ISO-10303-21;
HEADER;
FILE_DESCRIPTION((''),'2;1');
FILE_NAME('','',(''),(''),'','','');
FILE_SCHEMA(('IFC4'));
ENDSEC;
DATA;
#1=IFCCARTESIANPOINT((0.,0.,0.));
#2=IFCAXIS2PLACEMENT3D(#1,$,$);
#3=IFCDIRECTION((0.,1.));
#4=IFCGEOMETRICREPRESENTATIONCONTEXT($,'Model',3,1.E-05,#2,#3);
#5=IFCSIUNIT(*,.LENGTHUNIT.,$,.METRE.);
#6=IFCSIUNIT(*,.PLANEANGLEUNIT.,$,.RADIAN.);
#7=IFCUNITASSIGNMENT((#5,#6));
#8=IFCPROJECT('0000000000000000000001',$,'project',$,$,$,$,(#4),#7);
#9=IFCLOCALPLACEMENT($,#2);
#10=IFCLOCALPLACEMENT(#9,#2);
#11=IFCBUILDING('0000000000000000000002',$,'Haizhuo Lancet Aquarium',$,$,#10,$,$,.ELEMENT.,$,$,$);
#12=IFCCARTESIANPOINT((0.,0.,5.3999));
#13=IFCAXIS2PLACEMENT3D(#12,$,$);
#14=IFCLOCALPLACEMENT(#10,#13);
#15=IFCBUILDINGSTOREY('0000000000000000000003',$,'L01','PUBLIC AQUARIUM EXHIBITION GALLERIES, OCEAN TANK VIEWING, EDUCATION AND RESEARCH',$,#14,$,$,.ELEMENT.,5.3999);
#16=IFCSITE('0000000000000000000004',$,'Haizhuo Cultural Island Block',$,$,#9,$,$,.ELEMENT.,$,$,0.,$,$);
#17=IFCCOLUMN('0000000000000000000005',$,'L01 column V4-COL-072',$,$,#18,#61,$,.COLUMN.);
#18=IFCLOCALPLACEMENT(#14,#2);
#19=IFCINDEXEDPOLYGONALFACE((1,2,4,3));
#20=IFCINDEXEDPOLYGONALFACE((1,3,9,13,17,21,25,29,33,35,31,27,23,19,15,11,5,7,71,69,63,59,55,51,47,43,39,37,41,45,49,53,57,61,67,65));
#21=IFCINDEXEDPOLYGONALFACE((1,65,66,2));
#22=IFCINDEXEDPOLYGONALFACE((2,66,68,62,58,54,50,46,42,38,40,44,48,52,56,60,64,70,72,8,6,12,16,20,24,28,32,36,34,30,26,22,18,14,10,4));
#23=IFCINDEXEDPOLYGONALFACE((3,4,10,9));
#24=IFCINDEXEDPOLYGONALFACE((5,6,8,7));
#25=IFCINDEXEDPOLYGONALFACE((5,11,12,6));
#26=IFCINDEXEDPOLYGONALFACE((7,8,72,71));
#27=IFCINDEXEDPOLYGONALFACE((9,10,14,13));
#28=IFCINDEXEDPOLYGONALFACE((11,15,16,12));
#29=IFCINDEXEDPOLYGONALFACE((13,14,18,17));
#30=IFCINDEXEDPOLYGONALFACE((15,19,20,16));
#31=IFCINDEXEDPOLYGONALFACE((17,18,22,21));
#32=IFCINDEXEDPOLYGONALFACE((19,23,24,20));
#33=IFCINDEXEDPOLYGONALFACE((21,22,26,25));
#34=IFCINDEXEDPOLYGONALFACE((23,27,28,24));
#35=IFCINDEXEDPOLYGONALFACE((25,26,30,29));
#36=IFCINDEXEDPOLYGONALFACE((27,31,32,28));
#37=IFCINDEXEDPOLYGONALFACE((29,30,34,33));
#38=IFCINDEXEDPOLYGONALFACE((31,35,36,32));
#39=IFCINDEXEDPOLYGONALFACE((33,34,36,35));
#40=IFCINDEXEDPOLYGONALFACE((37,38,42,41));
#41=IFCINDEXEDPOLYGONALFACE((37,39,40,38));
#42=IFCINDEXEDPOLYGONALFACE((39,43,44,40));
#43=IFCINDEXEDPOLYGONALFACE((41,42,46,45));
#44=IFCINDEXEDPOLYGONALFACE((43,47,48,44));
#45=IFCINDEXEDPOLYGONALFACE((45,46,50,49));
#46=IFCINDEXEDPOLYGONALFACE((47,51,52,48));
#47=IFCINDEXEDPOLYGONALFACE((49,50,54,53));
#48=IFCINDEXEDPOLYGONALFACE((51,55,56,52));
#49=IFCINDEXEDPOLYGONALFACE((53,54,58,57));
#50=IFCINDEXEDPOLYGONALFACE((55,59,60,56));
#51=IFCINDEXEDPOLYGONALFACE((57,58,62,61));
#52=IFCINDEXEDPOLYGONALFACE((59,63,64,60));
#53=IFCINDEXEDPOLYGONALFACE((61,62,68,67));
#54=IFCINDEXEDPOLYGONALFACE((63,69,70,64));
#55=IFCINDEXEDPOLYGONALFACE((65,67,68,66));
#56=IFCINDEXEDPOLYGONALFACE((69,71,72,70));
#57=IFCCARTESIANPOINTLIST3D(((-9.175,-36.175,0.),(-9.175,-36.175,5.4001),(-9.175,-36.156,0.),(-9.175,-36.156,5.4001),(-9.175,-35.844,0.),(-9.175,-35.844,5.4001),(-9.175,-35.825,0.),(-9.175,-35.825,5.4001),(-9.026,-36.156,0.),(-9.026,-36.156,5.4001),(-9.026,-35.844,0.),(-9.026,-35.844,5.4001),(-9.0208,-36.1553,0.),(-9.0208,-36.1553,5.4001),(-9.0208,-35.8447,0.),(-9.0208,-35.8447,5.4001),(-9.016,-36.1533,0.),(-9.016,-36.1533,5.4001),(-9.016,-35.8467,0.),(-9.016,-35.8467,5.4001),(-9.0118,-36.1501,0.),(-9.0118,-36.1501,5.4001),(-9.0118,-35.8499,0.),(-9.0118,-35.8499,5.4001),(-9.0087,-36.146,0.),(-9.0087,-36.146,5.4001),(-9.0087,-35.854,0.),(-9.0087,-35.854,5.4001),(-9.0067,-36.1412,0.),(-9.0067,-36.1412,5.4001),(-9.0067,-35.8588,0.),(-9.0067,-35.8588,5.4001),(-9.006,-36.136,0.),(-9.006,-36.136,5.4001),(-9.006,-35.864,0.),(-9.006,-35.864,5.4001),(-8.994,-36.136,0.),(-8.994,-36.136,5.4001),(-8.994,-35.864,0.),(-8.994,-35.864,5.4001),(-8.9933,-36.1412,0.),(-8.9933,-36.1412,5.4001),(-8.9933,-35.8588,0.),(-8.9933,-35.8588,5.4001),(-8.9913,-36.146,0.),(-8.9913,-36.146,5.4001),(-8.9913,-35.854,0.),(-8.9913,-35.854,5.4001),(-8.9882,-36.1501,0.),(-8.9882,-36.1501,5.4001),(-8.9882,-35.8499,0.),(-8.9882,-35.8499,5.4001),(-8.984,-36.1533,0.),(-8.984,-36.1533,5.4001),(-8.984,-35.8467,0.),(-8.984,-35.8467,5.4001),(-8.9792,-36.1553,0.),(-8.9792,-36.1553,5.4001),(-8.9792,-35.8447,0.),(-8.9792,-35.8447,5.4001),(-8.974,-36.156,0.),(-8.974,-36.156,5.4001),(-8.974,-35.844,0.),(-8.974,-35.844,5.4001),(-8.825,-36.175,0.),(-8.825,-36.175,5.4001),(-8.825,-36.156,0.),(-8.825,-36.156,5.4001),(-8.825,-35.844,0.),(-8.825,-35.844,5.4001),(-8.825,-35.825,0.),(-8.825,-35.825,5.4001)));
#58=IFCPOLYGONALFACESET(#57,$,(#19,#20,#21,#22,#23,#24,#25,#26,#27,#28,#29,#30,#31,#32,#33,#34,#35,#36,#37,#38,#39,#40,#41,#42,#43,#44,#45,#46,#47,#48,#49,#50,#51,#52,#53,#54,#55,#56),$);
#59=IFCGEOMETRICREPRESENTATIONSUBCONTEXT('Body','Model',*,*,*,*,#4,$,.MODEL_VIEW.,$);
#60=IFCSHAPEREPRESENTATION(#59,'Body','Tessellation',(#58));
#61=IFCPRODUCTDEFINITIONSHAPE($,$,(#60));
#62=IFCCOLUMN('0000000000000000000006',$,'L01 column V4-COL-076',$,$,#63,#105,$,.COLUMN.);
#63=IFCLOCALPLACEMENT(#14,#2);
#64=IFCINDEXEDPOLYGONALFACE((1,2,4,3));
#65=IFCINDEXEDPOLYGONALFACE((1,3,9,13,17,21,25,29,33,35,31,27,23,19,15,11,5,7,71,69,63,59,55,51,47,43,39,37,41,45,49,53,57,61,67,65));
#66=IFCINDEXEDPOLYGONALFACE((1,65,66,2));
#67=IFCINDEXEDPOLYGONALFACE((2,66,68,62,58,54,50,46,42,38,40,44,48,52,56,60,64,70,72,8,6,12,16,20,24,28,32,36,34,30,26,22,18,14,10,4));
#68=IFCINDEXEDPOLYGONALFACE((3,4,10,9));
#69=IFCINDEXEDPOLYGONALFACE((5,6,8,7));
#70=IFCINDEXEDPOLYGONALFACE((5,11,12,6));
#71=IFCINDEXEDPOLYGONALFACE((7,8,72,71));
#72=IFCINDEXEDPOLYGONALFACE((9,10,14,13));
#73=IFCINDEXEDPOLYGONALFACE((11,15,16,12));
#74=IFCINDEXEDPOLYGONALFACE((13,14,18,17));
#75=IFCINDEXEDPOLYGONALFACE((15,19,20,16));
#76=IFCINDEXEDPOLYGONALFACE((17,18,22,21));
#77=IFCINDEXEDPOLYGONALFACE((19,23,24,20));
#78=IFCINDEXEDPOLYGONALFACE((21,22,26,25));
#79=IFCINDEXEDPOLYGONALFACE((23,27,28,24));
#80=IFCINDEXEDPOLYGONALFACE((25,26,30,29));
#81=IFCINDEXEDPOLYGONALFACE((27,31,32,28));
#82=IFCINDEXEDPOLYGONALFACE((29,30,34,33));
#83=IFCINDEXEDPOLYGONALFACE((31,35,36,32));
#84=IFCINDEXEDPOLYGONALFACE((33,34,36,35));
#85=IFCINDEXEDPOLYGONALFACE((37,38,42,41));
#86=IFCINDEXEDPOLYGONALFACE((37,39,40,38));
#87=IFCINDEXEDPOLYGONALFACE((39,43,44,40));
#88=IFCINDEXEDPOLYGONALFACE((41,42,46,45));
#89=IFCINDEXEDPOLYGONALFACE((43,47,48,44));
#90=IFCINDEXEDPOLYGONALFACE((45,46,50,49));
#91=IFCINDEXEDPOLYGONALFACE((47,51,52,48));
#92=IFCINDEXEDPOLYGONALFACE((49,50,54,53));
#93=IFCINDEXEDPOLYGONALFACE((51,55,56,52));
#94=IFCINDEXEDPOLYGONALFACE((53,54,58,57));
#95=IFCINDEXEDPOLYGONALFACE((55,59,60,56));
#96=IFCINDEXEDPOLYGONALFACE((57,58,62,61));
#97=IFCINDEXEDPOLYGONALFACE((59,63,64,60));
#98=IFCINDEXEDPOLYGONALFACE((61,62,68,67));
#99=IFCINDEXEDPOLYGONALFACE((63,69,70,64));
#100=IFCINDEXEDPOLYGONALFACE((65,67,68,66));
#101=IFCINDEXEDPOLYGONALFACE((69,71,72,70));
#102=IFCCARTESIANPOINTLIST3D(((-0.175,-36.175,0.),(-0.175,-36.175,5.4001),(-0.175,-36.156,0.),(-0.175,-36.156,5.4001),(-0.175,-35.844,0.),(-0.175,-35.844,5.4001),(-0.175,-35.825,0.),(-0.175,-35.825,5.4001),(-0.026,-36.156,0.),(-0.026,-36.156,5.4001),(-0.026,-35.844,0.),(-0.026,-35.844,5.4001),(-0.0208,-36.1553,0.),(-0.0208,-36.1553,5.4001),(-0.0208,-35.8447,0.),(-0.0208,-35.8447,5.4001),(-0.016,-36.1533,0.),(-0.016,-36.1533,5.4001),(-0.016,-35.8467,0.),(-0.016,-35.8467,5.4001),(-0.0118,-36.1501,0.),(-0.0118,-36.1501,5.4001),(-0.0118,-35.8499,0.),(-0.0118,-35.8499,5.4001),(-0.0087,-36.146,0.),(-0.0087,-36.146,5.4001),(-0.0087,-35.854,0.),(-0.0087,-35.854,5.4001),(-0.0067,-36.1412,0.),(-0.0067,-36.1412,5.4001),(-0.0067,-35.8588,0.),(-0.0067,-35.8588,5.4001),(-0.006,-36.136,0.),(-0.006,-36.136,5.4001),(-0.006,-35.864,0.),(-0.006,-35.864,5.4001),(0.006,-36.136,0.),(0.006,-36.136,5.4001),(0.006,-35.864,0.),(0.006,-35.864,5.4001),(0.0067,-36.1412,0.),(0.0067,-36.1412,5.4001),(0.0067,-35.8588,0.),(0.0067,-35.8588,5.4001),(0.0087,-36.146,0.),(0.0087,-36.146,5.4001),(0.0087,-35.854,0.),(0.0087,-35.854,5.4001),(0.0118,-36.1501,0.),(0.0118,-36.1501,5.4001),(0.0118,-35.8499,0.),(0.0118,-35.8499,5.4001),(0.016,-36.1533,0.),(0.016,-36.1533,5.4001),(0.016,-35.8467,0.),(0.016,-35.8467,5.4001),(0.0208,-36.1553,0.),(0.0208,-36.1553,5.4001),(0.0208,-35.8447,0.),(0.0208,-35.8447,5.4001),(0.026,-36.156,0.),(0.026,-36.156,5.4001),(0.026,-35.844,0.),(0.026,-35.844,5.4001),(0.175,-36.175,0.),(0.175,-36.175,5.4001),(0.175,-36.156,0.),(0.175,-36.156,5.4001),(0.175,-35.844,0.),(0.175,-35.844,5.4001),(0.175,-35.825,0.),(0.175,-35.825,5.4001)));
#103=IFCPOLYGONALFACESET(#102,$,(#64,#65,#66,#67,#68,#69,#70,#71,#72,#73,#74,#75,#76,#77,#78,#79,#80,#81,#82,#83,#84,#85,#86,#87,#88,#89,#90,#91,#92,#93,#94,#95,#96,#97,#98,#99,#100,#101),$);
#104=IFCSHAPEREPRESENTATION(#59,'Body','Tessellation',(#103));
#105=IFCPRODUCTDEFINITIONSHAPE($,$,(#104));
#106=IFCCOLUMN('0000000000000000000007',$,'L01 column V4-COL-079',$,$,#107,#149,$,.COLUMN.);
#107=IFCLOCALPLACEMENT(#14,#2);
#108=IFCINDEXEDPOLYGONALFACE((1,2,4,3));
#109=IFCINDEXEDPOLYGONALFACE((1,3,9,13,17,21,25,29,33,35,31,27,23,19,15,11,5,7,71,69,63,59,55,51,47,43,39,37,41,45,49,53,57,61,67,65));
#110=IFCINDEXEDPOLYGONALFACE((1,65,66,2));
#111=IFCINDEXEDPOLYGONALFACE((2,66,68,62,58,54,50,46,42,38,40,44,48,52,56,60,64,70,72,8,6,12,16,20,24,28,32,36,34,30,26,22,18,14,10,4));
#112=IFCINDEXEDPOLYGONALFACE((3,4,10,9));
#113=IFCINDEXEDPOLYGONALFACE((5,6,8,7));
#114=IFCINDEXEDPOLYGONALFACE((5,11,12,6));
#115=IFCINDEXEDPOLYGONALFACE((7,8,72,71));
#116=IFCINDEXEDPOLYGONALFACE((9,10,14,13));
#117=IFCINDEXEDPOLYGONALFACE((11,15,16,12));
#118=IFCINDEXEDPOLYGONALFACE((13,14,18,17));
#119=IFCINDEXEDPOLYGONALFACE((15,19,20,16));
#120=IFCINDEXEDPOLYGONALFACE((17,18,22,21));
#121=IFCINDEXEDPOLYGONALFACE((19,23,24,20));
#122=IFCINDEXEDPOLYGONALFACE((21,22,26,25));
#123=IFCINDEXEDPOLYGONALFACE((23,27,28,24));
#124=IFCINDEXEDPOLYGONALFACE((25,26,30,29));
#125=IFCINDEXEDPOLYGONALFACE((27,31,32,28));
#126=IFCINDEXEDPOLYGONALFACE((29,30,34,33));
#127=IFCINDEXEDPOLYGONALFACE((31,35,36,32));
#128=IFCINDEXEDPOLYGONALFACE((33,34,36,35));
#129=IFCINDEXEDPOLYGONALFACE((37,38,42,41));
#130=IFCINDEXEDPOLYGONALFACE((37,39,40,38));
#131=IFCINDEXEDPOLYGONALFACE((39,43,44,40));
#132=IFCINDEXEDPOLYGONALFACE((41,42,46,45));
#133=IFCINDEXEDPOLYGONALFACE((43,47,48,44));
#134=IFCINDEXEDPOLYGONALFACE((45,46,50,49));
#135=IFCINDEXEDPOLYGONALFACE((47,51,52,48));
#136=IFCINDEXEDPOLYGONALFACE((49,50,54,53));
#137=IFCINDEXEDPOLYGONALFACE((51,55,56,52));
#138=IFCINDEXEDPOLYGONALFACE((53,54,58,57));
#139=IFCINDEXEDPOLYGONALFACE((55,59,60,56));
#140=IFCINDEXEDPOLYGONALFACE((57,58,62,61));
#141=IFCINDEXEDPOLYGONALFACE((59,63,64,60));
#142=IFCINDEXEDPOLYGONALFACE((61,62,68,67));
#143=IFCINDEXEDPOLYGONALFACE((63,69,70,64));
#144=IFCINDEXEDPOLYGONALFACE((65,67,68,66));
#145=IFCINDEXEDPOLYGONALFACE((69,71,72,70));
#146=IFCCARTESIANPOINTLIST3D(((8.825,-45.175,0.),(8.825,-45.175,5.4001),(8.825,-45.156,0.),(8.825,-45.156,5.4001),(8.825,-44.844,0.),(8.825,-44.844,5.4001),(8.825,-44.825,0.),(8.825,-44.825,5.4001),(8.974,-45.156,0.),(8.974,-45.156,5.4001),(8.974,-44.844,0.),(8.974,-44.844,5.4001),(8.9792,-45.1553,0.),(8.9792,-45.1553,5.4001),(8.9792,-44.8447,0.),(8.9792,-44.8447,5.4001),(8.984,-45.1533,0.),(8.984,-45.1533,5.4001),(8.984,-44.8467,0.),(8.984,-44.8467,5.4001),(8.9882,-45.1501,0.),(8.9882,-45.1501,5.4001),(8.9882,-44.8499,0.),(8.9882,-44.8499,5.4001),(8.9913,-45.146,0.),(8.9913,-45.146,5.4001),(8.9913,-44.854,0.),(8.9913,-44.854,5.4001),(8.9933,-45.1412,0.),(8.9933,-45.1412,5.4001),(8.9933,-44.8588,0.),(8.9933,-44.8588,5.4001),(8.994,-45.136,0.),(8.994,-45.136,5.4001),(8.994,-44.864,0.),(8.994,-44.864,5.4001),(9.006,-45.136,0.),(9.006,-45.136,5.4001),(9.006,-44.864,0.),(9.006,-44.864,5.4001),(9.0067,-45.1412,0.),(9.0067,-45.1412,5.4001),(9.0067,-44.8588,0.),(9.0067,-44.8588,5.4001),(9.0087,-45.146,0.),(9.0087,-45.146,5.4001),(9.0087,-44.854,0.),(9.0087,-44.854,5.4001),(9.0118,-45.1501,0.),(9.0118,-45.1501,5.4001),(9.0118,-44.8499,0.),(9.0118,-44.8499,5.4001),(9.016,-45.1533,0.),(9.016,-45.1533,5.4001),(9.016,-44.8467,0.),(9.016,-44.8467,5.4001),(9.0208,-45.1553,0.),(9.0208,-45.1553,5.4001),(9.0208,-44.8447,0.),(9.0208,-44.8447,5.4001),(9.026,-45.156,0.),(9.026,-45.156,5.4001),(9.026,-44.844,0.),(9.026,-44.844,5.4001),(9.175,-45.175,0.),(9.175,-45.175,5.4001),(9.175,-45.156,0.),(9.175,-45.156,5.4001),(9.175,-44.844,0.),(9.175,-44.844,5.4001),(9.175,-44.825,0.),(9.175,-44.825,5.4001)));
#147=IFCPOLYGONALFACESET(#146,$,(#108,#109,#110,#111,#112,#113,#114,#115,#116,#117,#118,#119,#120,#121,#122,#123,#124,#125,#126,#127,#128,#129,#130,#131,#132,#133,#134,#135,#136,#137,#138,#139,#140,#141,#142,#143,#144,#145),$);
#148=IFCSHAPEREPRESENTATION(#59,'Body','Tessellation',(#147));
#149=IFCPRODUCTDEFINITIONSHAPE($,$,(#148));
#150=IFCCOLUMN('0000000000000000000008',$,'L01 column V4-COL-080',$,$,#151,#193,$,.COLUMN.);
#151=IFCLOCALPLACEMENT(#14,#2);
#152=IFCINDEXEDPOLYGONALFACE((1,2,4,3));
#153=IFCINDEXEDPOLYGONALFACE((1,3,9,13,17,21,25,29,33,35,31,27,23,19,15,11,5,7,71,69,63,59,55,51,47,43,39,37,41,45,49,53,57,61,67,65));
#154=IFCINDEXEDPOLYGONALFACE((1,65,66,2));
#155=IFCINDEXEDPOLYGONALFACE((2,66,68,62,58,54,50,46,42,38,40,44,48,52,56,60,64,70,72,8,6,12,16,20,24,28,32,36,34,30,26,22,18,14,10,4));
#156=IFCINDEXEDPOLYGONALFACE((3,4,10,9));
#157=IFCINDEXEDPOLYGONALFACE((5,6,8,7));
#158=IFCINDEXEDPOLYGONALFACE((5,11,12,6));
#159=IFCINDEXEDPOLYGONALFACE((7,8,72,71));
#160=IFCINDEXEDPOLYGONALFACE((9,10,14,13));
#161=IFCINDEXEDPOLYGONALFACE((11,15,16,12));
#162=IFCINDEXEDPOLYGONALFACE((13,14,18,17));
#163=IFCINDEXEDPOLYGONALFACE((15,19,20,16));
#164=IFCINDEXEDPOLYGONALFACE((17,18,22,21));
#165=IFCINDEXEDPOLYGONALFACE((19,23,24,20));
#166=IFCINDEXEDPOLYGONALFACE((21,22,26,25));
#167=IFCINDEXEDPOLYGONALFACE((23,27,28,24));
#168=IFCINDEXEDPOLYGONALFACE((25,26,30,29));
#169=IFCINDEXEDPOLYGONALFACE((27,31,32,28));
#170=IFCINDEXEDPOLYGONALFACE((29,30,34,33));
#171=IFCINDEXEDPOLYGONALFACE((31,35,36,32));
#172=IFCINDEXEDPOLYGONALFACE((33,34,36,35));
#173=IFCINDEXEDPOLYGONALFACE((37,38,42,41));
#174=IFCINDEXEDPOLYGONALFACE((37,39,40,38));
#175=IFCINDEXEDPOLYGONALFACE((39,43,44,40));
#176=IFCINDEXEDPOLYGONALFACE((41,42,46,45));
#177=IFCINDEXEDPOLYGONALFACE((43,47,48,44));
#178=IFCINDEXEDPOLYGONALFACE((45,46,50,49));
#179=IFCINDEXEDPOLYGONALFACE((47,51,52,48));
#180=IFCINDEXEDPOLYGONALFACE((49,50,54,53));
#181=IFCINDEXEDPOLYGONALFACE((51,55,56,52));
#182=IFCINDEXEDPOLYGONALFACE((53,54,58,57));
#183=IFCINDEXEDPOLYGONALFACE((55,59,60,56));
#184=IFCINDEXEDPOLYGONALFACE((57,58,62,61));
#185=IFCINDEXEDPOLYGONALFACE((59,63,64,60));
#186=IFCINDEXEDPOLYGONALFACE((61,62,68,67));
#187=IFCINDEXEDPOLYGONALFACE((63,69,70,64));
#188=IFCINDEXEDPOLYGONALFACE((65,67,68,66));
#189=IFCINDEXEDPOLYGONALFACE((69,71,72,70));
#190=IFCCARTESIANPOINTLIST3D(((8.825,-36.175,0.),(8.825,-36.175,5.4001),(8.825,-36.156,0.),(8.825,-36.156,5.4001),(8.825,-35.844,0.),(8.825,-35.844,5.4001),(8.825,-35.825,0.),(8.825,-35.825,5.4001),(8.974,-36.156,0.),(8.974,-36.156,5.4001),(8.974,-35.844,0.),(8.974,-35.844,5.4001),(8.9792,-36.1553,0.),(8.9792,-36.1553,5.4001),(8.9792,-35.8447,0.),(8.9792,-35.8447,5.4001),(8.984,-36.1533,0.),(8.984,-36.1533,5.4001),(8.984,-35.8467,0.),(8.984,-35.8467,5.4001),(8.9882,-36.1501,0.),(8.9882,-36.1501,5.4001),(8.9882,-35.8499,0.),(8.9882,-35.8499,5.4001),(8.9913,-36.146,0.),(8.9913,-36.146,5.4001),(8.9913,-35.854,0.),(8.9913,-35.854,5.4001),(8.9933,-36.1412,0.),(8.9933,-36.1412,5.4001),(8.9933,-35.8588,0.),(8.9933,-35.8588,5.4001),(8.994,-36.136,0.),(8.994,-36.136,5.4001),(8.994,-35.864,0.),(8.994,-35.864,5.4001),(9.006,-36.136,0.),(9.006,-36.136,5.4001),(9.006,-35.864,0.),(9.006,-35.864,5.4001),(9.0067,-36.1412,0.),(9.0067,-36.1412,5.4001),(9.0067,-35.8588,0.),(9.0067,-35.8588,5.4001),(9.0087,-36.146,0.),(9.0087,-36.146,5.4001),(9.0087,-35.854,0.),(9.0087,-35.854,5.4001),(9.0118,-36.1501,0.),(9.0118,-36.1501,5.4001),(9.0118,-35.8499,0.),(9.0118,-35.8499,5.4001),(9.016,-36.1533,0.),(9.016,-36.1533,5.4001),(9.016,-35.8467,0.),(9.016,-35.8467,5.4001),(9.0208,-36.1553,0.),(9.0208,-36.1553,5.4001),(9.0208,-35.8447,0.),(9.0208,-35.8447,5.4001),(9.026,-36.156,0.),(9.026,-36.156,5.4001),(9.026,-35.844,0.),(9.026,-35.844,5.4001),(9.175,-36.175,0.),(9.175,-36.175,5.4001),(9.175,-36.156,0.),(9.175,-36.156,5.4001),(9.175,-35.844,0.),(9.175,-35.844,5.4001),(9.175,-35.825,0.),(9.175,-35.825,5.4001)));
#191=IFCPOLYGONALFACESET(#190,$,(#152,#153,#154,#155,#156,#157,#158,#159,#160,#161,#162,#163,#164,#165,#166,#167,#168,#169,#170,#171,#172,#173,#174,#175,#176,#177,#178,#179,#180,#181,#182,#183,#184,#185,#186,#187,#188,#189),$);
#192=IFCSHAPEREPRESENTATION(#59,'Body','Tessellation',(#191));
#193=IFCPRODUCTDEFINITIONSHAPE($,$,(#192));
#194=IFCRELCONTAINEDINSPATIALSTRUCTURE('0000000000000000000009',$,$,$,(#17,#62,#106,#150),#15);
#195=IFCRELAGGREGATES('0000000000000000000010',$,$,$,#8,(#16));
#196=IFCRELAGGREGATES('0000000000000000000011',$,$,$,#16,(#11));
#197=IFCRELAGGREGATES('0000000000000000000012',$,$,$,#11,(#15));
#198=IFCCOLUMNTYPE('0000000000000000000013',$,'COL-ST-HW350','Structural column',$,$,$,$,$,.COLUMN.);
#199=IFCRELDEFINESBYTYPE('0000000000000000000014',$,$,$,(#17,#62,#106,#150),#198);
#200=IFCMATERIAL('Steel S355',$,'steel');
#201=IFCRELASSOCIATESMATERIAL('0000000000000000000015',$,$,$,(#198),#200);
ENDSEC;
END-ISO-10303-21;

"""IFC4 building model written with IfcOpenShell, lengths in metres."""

from ifc_helpers import new_model, si_unit, direction, frame, origin, origin_2d, place, context, subcontext, project, spatial, i_section, extrude, material, material_profile, profile_set, type_object, element, save


model = new_model("IFC4")

# Units and contexts
model_context = context("Model", 3, precision=1e-05, world=origin(), true_north=direction((0.0, 1.0)))
body_context = subcontext(model_context, "Body", "Model", "MODEL_VIEW")
ifc_project = project(units=[si_unit("LENGTHUNIT", "METRE"), si_unit("PLANEANGLEUNIT", "RADIAN")], contexts=[model_context])

# Site, building, storey
site_placement = place(None, origin())
site = spatial("IfcSite", under=ifc_project, at=site_placement, Name="Haizhuo Cultural Island Block", CompositionType="ELEMENT", RefElevation=0.0)
building_placement = place(site_placement, origin())
building = spatial("IfcBuilding", under=site, at=building_placement, Name="Haizhuo Lancet Aquarium", CompositionType="ELEMENT")
storey_placement = place(building_placement, frame((0.0, 0.0, 5.3999)))
storey = spatial("IfcBuildingStorey", under=building, at=storey_placement, Name="L01", Description="PUBLIC AQUARIUM EXHIBITION GALLERIES, OCEAN TANK VIEWING, EDUCATION AND RESEARCH", CompositionType="ELEMENT", Elevation=5.3999)

# Columns
ifc_material_1 = material(Name="Steel S355", Category="steel")
ifc_material_profile_1 = material_profile(ifc_material_1, i_section(OverallWidth=0.3501, OverallDepth=0.3501, WebThickness=0.012, FlangeThickness=0.019, FilletRadius=0.02, at=origin_2d()), Name="HW 350x350x12x19")
ifc_profile_set_1 = profile_set([ifc_material_profile_1], Name="Steel S355")
column_type = type_object("IfcColumnType", Name="COL-ST-HW350", Description="Structural column", PredefinedType="COLUMN", material=ifc_profile_set_1)
for number, where, z_axis, x_axis, name in (
    (1, (-9.0, -36.0, 0.0), (0.0, 0.0, 1.0), (1.0, 0.0, 0.0), "L01 column V4-COL-072"),
    (2, (0.0, -36.0, 0.0), (0.0, 0.0, 1.0), (1.0, 0.0, 0.0), "L01 column V4-COL-076"),
    (3, (9.0, -45.0, 0.0), (0.0, 0.0, 1.0), (1.0, 0.0, 0.0), "L01 column V4-COL-079"),
    (4, (9.0, -36.0, 0.0), (0.0, 0.0, 1.0), (1.0, 0.0, 0.0), "L01 column V4-COL-080"),
):
    element("IfcColumn", number, at=place(storey_placement, frame(where, z_axis=z_axis, x_axis=x_axis)), inside=storey, type_object=column_type, Name=name, PredefinedType="COLUMN", context=body_context, shape_type="SweptSolid", body=[
        extrude(i_section(OverallWidth=0.3501, OverallDepth=0.3501, WebThickness=0.012, FlangeThickness=0.019, FilletRadius=0.02, at=origin_2d()), origin(), (0.0, 0.0, 1.0), 5.4001),
    ])

save(model, "model.ifc")
